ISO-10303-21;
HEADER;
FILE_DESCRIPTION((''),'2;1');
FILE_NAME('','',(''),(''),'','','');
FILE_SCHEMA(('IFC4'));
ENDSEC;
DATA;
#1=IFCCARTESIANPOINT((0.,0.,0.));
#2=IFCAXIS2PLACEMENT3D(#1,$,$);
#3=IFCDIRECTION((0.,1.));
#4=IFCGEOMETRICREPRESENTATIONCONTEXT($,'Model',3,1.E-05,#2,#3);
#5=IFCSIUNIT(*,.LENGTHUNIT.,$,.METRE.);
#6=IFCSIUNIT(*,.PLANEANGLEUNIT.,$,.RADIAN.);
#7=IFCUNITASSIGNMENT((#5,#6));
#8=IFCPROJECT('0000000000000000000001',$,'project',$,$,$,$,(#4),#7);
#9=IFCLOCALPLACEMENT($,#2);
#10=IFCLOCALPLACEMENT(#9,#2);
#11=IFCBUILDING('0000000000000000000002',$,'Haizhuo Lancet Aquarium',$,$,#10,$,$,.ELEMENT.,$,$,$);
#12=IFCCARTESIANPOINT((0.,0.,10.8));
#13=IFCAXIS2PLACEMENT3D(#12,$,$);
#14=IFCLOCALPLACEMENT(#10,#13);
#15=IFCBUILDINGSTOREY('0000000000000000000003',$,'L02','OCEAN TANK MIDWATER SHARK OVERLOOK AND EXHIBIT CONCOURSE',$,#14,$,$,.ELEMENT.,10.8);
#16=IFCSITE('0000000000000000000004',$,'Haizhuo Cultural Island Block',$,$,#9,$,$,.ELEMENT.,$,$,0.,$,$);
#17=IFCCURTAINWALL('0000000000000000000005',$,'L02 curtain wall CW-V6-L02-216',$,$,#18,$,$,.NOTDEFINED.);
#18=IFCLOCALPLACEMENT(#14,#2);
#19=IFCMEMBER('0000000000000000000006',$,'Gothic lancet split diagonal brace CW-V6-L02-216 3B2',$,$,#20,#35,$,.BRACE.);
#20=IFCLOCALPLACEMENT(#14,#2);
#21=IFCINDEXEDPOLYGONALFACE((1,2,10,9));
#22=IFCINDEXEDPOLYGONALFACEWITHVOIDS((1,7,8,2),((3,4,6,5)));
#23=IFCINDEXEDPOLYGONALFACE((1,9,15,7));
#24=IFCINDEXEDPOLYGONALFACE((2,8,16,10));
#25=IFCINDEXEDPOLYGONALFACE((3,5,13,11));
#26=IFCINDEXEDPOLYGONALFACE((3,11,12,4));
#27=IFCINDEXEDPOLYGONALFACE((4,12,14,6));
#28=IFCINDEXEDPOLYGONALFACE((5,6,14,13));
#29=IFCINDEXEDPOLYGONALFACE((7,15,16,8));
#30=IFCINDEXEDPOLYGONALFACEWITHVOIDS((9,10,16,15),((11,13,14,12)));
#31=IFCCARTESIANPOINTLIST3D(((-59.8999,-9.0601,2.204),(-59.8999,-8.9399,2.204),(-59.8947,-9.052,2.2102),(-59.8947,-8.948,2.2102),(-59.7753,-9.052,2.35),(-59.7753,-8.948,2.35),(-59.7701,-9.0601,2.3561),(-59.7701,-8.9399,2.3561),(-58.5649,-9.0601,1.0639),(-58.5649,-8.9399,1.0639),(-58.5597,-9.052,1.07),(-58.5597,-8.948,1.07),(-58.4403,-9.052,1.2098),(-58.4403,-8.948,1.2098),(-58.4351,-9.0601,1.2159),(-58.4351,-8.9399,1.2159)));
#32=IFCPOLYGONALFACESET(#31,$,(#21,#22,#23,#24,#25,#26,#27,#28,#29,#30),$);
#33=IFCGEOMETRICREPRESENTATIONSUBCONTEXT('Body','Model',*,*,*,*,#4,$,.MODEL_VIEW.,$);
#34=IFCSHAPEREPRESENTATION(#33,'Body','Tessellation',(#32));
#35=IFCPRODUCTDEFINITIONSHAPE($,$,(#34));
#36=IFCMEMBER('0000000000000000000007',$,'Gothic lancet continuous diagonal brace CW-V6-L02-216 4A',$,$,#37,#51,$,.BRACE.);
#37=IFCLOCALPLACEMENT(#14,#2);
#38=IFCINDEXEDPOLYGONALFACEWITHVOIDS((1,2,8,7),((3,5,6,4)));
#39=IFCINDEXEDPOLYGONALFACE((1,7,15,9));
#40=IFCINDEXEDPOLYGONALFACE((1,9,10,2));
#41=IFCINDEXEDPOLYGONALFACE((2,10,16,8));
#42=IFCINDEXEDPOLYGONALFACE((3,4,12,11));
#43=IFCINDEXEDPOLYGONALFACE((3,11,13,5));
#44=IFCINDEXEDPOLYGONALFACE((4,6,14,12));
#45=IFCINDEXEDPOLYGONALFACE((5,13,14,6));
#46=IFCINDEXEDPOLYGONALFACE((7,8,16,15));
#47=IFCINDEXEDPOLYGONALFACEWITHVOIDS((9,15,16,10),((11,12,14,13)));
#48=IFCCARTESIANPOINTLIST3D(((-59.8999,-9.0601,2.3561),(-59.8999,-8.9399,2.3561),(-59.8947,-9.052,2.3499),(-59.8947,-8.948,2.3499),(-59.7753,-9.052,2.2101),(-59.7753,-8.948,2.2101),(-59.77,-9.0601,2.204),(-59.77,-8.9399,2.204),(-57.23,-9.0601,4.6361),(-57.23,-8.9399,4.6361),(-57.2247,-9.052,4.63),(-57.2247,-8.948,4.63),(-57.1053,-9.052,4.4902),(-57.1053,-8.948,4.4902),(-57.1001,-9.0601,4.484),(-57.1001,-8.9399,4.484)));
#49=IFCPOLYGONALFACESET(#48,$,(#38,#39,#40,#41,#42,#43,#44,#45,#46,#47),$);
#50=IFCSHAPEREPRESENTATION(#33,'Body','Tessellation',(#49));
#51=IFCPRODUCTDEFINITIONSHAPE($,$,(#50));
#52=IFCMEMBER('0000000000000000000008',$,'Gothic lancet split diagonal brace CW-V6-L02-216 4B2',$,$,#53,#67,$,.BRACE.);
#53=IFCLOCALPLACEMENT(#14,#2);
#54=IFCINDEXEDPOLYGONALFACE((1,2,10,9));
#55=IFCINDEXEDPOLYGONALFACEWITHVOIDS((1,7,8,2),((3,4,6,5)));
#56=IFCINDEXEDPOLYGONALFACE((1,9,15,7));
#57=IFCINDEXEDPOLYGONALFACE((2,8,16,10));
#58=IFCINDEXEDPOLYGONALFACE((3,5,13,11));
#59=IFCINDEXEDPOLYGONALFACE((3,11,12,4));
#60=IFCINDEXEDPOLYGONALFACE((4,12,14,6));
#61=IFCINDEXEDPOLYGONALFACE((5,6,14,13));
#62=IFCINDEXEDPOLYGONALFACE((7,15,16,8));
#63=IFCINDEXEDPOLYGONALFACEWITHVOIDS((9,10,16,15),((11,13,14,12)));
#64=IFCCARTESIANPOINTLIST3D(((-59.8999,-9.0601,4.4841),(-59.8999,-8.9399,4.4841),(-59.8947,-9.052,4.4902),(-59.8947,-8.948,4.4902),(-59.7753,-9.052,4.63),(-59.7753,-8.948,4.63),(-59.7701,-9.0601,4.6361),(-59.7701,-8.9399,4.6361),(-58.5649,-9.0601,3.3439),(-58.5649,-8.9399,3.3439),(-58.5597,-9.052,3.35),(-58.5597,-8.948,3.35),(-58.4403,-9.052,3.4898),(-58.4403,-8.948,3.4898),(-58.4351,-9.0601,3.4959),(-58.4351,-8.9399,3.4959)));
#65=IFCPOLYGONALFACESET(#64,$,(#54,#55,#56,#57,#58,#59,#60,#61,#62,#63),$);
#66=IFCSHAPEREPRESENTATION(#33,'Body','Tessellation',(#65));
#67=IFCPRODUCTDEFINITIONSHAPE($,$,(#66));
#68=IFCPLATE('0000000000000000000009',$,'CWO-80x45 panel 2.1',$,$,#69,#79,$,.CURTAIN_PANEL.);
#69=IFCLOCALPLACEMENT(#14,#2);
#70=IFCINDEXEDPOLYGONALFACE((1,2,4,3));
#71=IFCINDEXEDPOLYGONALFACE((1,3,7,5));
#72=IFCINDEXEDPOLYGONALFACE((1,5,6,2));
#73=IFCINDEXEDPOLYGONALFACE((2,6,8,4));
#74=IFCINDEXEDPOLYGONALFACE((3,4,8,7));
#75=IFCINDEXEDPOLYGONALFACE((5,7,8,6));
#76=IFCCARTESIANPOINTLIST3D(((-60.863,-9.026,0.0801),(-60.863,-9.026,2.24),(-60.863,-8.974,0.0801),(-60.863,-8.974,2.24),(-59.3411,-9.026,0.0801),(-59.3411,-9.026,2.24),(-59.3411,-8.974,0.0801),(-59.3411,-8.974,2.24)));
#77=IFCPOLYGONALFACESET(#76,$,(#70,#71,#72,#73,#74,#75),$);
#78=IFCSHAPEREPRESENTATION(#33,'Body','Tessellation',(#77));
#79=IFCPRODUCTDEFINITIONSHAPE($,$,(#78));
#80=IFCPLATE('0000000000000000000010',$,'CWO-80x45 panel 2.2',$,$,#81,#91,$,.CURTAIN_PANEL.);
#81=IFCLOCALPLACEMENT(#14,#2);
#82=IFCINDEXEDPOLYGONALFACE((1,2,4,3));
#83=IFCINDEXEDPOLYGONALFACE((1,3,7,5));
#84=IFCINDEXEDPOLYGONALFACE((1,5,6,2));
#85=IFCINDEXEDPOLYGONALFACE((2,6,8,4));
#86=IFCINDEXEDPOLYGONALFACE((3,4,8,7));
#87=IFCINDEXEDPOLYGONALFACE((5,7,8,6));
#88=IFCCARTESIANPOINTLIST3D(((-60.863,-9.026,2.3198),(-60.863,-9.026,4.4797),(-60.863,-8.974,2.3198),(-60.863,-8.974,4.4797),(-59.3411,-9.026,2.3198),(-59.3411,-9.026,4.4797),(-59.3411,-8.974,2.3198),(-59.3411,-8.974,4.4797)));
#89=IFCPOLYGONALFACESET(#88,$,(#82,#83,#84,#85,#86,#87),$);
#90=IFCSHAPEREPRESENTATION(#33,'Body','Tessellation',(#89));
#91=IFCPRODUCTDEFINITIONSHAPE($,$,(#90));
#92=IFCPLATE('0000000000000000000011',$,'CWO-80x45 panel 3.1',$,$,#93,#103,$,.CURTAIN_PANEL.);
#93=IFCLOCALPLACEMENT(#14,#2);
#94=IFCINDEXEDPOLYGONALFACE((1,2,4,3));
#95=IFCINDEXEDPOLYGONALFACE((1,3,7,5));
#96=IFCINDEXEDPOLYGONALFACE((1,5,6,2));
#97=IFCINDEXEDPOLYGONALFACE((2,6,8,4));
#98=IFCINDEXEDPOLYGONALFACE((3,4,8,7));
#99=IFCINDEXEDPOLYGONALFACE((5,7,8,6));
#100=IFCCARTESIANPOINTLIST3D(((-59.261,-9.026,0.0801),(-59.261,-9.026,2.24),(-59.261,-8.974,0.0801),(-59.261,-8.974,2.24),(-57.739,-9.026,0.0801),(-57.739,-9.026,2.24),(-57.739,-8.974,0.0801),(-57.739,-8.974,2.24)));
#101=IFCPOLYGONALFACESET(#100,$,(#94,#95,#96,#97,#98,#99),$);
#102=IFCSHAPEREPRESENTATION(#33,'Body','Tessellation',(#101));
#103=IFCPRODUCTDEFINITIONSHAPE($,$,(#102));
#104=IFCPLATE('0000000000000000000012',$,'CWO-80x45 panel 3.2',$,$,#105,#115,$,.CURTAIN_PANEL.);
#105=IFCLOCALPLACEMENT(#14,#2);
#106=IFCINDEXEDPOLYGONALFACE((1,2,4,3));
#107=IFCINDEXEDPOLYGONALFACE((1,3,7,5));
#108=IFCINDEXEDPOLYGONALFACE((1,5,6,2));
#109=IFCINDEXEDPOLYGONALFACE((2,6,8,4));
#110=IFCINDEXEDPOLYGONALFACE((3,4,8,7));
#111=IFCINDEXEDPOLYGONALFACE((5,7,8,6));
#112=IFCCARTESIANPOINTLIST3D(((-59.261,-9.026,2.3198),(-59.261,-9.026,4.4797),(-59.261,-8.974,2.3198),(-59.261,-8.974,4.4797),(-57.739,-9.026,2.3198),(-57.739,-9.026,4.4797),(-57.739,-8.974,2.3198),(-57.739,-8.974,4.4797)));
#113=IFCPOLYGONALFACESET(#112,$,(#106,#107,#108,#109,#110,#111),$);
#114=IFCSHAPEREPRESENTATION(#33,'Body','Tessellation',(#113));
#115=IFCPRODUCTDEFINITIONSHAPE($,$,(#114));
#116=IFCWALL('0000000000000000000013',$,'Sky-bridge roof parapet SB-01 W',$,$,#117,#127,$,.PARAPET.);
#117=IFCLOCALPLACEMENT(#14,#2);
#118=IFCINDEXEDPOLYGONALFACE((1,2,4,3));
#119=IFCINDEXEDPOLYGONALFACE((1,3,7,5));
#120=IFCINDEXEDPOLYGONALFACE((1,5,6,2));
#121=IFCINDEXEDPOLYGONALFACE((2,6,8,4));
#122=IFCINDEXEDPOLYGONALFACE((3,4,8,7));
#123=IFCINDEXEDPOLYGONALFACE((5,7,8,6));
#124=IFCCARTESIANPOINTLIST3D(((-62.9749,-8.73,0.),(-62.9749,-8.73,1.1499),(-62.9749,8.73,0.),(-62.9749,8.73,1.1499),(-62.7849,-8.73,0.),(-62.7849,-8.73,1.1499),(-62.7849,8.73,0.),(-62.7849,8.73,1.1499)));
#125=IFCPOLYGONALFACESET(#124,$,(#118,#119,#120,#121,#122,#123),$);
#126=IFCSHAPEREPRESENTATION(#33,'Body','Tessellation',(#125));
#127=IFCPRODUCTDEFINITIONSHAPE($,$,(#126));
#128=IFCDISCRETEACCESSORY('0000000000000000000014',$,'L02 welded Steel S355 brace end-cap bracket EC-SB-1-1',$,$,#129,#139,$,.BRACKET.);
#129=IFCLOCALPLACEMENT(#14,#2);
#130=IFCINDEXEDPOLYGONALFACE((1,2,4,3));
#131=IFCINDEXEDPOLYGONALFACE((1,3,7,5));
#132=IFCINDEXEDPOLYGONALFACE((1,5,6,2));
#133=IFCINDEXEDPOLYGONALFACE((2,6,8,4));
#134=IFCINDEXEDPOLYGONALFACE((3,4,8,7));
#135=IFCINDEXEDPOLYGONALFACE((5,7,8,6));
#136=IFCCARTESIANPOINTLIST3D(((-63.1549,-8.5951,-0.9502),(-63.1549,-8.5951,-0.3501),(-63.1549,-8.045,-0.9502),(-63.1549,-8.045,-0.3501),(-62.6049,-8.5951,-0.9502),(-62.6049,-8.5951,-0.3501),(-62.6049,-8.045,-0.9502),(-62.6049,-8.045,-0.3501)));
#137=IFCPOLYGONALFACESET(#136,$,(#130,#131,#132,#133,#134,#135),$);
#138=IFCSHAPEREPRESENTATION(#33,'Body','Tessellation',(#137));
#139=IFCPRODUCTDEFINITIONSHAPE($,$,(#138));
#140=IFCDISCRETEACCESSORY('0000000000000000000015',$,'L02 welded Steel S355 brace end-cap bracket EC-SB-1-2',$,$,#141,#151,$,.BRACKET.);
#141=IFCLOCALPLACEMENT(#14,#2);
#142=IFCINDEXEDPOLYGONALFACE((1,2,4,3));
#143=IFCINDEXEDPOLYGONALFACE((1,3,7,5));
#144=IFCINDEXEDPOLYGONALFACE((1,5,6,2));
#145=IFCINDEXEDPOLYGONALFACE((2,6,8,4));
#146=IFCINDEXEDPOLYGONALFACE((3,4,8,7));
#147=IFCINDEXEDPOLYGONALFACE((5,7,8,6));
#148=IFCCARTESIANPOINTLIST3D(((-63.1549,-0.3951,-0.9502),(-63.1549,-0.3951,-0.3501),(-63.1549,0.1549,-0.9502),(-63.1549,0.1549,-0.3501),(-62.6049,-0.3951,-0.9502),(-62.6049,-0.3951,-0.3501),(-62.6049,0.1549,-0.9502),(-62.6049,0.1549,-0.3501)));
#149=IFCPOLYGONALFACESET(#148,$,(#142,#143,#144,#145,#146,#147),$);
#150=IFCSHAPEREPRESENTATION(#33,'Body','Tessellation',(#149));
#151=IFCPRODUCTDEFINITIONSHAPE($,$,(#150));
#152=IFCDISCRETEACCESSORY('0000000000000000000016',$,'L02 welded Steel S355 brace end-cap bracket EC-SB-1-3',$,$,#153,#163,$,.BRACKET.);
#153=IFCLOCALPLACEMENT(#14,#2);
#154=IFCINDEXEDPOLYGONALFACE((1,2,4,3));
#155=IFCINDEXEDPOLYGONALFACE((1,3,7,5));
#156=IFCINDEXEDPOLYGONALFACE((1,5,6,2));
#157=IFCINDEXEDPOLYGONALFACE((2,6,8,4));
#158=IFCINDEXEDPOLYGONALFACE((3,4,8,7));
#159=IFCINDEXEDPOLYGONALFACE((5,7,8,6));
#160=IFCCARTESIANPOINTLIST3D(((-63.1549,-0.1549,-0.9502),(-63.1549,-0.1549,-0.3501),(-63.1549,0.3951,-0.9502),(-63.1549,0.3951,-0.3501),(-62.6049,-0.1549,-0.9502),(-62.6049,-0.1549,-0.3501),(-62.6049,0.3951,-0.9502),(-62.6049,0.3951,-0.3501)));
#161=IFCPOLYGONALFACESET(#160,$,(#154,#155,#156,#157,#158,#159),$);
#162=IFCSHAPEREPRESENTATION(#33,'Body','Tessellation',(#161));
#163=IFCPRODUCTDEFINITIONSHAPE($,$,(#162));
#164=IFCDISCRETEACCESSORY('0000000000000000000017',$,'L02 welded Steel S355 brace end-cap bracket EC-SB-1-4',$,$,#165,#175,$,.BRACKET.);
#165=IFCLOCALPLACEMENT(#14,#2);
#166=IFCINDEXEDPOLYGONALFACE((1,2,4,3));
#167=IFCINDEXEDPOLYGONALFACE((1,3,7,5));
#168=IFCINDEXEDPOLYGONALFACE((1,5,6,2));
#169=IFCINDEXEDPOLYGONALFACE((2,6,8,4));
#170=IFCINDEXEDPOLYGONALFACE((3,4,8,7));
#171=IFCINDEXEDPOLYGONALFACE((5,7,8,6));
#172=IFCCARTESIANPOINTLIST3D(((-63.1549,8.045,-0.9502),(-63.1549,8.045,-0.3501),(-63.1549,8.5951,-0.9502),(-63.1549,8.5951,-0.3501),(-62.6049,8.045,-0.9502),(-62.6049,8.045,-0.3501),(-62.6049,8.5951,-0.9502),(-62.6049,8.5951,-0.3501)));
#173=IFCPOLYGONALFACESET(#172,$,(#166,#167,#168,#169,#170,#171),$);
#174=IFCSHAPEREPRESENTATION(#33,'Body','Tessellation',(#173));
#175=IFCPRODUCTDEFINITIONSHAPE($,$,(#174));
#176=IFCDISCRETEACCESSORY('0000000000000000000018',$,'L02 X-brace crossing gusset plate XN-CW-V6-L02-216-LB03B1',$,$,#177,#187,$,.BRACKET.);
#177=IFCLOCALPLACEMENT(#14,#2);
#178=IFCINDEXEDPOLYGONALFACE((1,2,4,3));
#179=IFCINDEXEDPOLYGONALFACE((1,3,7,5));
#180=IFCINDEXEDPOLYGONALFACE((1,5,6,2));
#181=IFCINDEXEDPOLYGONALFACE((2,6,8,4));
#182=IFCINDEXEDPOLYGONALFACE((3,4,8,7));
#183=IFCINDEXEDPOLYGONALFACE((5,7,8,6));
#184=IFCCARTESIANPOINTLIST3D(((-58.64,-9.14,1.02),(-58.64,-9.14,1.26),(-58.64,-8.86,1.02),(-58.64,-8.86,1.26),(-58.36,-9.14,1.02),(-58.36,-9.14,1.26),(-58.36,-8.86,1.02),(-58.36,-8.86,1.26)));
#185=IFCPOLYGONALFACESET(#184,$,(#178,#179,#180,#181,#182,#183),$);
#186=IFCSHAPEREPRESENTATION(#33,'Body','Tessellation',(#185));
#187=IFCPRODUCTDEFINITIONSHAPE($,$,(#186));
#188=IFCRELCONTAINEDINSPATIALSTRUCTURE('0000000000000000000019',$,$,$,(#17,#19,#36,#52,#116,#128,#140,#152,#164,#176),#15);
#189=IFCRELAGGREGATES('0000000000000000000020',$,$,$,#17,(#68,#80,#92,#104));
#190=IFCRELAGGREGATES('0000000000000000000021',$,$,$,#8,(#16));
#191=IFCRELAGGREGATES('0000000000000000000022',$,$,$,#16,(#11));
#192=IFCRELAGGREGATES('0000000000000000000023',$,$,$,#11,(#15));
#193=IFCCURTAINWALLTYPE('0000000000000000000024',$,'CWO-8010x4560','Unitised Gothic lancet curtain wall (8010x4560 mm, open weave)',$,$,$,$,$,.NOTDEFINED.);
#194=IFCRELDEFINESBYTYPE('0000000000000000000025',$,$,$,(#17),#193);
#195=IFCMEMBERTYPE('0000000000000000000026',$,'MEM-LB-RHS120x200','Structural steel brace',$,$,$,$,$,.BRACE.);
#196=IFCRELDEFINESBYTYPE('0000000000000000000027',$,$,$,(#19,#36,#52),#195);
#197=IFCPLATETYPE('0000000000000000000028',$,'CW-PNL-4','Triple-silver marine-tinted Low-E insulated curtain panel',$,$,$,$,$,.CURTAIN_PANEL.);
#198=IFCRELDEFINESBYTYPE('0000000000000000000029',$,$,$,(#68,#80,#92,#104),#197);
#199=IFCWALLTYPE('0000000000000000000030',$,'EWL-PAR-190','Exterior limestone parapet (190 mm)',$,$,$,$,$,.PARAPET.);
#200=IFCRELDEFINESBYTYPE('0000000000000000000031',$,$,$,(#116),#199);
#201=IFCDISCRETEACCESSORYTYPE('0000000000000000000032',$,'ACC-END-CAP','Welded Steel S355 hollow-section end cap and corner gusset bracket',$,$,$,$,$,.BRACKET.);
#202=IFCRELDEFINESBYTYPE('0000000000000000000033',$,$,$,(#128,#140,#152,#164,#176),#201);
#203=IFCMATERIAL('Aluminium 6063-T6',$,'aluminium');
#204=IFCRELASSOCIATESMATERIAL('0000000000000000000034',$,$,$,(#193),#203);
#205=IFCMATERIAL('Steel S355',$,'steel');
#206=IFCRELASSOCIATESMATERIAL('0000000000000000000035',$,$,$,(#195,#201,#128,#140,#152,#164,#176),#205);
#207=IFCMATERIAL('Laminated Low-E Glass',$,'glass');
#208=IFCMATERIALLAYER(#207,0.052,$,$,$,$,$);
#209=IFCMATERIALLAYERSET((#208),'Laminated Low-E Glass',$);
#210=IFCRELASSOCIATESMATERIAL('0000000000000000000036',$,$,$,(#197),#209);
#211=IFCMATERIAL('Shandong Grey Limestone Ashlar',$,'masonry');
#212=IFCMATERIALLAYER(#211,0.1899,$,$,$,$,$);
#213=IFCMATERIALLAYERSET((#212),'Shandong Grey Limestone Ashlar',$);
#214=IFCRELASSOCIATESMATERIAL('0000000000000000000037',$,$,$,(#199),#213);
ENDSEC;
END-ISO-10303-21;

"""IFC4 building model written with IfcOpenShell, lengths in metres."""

from ifc_helpers import new_model, si_unit, direction, frame, frame_2d, origin, origin_2d, place, context, subcontext, project, spatial, rectangle, hollow_rectangle, extrude, material, layer, layer_set, material_profile, profile_set, type_object, element, aggregate, save


model = new_model("IFC4")

# Units and contexts
model_context = context("Model", 3, precision=1e-05, world=origin(), true_north=direction((0.0, 1.0)))
body_context = subcontext(model_context, "Body", "Model", "MODEL_VIEW")
ifc_project = project(units=[si_unit("LENGTHUNIT", "METRE"), si_unit("PLANEANGLEUNIT", "RADIAN")], contexts=[model_context])

# Site, building, storey
site_placement = place(None, origin())
site = spatial("IfcSite", under=ifc_project, at=site_placement, Name="Haizhuo Cultural Island Block", CompositionType="ELEMENT", RefElevation=0.0)
building_placement = place(site_placement, origin())
building = spatial("IfcBuilding", under=site, at=building_placement, Name="Haizhuo Lancet Aquarium", CompositionType="ELEMENT")
storey_placement = place(building_placement, frame((0.0, 0.0, 10.8)))
storey = spatial("IfcBuildingStorey", under=building, at=storey_placement, Name="L02", Description="OCEAN TANK MIDWATER SHARK OVERLOOK AND EXHIBIT CONCOURSE", CompositionType="ELEMENT", Elevation=10.8)

# Curtain wall
ifc_material_1 = material(Name="Aluminium 6063-T6", Category="aluminium")
curtain_wall_type = type_object("IfcCurtainWallType", Name="CWO-8010x4560", Description="Unitised Gothic lancet curtain wall (8010x4560 mm, open weave)", PredefinedType="NOTDEFINED", material=ifc_material_1)
curtain_wall_placement = place(storey_placement, origin())
curtain_wall = element("IfcCurtainWall", 1, at=curtain_wall_placement, inside=storey, type_object=curtain_wall_type, Name="L02 curtain wall CW-V6-L02-216", PredefinedType="NOTDEFINED")

# Members
ifc_material_2 = material(Name="Steel S355", Category="steel")
ifc_material_profile_1 = material_profile(ifc_material_2, hollow_rectangle(XDim=0.1201, YDim=0.2, WallThickness=0.0081, at=origin_2d()), Name="RHS 120x200x8")
ifc_profile_set_1 = profile_set([ifc_material_profile_1], Name="Steel S355")
member_type_1 = type_object("IfcMemberType", Name="MEM-LB-RHS120x200", Description="Structural steel brace", PredefinedType="BRACE", material=ifc_profile_set_1)
member_1_placement = place(storey_placement, frame((-58.5, -9.0, 1.1399), z_axis=(-0.760414, 0.0, 0.649439), x_axis=(0.0, -1.0, 0.0)))
element("IfcMember", 2, at=member_1_placement, inside=storey, type_object=member_type_1, Name="Gothic lancet split diagonal brace CW-V6-L02-216 3B2", PredefinedType="BRACE", context=body_context, shape_type="SweptSolid", body=[
    extrude(hollow_rectangle(XDim=0.1201, YDim=0.2, WallThickness=0.0081, at=origin_2d()), origin(), (0.0, 0.0, 1.0), 1.7556),
])
member_2_placement = place(storey_placement, frame((-59.835, -9.0, 2.28), z_axis=(0.760448, 0.0, 0.649399), x_axis=(0.0, 1.0, 0.0)))
element("IfcMember", 3, at=member_2_placement, inside=storey, type_object=member_type_1, Name="Gothic lancet continuous diagonal brace CW-V6-L02-216 4A", PredefinedType="BRACE", context=body_context, shape_type="SweptSolid", body=[
    extrude(hollow_rectangle(XDim=0.1201, YDim=0.2, WallThickness=0.0081, at=origin_2d()), origin(), (0.0, 0.0, 1.0), 3.511),
])
member_3_placement = place(storey_placement, frame((-58.5, -9.0, 3.4199), z_axis=(-0.760414, 0.0, 0.649439), x_axis=(0.0, -1.0, 0.0)))
element("IfcMember", 4, at=member_3_placement, inside=storey, type_object=member_type_1, Name="Gothic lancet split diagonal brace CW-V6-L02-216 4B2", PredefinedType="BRACE", context=body_context, shape_type="SweptSolid", body=[
    extrude(hollow_rectangle(XDim=0.1201, YDim=0.2, WallThickness=0.0081, at=origin_2d()), origin(), (0.0, 0.0, 1.0), 1.7556),
])

# Plates
ifc_material_3 = material(Name="Laminated Low-E Glass", Category="glass")
ifc_layer_1 = layer(ifc_material_3, 0.052)
ifc_layer_set_1 = layer_set([ifc_layer_1], Name="Laminated Low-E Glass")
plate_type = type_object("IfcPlateType", Name="CW-PNL-4", Description="Triple-silver marine-tinted Low-E insulated curtain panel", PredefinedType="CURTAIN_PANEL", material=ifc_layer_set_1)
plate_1_placement = place(storey_placement, frame((-60.1021, -9.0, 0.0801), z_axis=(0.0, 0.0, 1.0), x_axis=(1.0, 0.0, 0.0)))
plate_1 = element("IfcPlate", 5, at=plate_1_placement, type_object=plate_type, Name="CWO-80x45 panel 2.1", PredefinedType="CURTAIN_PANEL", context=body_context, shape_type="SweptSolid", body=[
    extrude(rectangle(XDim=1.522, YDim=0.052, at=origin_2d()), origin(), (0.0, 0.0, 1.0), 2.1599),
])
plate_2_placement = place(storey_placement, frame((-60.1021, -9.0, 2.3198), z_axis=(0.0, 0.0, 1.0), x_axis=(1.0, 0.0, 0.0)))
plate_2 = element("IfcPlate", 6, at=plate_2_placement, type_object=plate_type, Name="CWO-80x45 panel 2.2", PredefinedType="CURTAIN_PANEL", context=body_context, shape_type="SweptSolid", body=[
    extrude(rectangle(XDim=1.522, YDim=0.052, at=origin_2d()), origin(), (0.0, 0.0, 1.0), 2.1599),
])
plate_3_placement = place(storey_placement, frame((-58.5, -9.0, 0.0801), z_axis=(0.0, 0.0, 1.0), x_axis=(1.0, 0.0, 0.0)))
plate_3 = element("IfcPlate", 7, at=plate_3_placement, type_object=plate_type, Name="CWO-80x45 panel 3.1", PredefinedType="CURTAIN_PANEL", context=body_context, shape_type="SweptSolid", body=[
    extrude(rectangle(XDim=1.522, YDim=0.052, at=origin_2d()), origin(), (0.0, 0.0, 1.0), 2.1599),
])
plate_4_placement = place(storey_placement, frame((-58.5, -9.0, 2.3198), z_axis=(0.0, 0.0, 1.0), x_axis=(1.0, 0.0, 0.0)))
plate_4 = element("IfcPlate", 8, at=plate_4_placement, type_object=plate_type, Name="CWO-80x45 panel 3.2", PredefinedType="CURTAIN_PANEL", context=body_context, shape_type="SweptSolid", body=[
    extrude(rectangle(XDim=1.522, YDim=0.052, at=origin_2d()), origin(), (0.0, 0.0, 1.0), 2.1599),
])
aggregate(curtain_wall, [plate_1, plate_2, plate_3, plate_4])

# Wall
ifc_material_4 = material(Name="Shandong Grey Limestone Ashlar", Category="masonry")
ifc_layer_2 = layer(ifc_material_4, 0.1899)
ifc_layer_set_2 = layer_set([ifc_layer_2], Name="Shandong Grey Limestone Ashlar")
wall_type = type_object("IfcWallType", Name="EWL-PAR-190", Description="Exterior limestone parapet (190 mm)", PredefinedType="PARAPET", material=ifc_layer_set_2)
wall_placement = place(storey_placement, frame((-62.8799, -8.73, 0.0), z_axis=(0.0, 0.0, 1.0), x_axis=(0.0, 1.0, 0.0)))
element("IfcWall", 9, at=wall_placement, inside=storey, type_object=wall_type, Name="Sky-bridge roof parapet SB-01 W", PredefinedType="PARAPET", context=body_context, shape_type="SweptSolid", body=[
    extrude(rectangle(XDim=17.46, YDim=0.1899, at=frame_2d((8.73, 0.0))), origin(), (0.0, 0.0, 1.0), 1.1499),
])

# Discrete accessories
discrete_accessory_type = type_object("IfcDiscreteAccessoryType", Name="ACC-END-CAP", Description="Welded Steel S355 hollow-section end cap and corner gusset bracket", PredefinedType="BRACKET", material=ifc_material_2)
for number, where, z_axis, x_axis, name in (
    (10, (-62.8799, -8.3201, -0.9502), (0.0, 0.0, 1.0), (1.0, 0.0, 0.0), "L02 welded Steel S355 brace end-cap bracket EC-SB-1-1"),
    (11, (-62.8799, -0.1201, -0.9502), (0.0, 0.0, 1.0), (1.0, 0.0, 0.0), "L02 welded Steel S355 brace end-cap bracket EC-SB-1-2"),
    (12, (-62.8799, 0.1201, -0.9502), (0.0, 0.0, 1.0), (1.0, 0.0, 0.0), "L02 welded Steel S355 brace end-cap bracket EC-SB-1-3"),
    (13, (-62.8799, 8.3201, -0.9502), (0.0, 0.0, 1.0), (1.0, 0.0, 0.0), "L02 welded Steel S355 brace end-cap bracket EC-SB-1-4"),
):
    element("IfcDiscreteAccessory", number, at=place(storey_placement, frame(where, z_axis=z_axis, x_axis=x_axis)), inside=storey, type_object=discrete_accessory_type, material=ifc_material_2, Name=name, PredefinedType="BRACKET", context=body_context, shape_type="SweptSolid", body=[
        extrude(rectangle(XDim=0.55, YDim=0.55, at=origin_2d()), origin(), (0.0, 0.0, 1.0), 0.6001),
    ])
discrete_accessory_placement = place(storey_placement, frame((-58.5, -9.0, 1.02), z_axis=(0.0, 0.0, 1.0), x_axis=(1.0, 0.0, 0.0)))
element("IfcDiscreteAccessory", 14, at=discrete_accessory_placement, inside=storey, type_object=discrete_accessory_type, material=ifc_material_2, Name="L02 X-brace crossing gusset plate XN-CW-V6-L02-216-LB03B1", PredefinedType="BRACKET", context=body_context, shape_type="SweptSolid", body=[
    extrude(rectangle(XDim=0.28, YDim=0.28, at=origin_2d()), origin(), (0.0, 0.0, 1.0), 0.24),
])

save(model, "model.ifc")
